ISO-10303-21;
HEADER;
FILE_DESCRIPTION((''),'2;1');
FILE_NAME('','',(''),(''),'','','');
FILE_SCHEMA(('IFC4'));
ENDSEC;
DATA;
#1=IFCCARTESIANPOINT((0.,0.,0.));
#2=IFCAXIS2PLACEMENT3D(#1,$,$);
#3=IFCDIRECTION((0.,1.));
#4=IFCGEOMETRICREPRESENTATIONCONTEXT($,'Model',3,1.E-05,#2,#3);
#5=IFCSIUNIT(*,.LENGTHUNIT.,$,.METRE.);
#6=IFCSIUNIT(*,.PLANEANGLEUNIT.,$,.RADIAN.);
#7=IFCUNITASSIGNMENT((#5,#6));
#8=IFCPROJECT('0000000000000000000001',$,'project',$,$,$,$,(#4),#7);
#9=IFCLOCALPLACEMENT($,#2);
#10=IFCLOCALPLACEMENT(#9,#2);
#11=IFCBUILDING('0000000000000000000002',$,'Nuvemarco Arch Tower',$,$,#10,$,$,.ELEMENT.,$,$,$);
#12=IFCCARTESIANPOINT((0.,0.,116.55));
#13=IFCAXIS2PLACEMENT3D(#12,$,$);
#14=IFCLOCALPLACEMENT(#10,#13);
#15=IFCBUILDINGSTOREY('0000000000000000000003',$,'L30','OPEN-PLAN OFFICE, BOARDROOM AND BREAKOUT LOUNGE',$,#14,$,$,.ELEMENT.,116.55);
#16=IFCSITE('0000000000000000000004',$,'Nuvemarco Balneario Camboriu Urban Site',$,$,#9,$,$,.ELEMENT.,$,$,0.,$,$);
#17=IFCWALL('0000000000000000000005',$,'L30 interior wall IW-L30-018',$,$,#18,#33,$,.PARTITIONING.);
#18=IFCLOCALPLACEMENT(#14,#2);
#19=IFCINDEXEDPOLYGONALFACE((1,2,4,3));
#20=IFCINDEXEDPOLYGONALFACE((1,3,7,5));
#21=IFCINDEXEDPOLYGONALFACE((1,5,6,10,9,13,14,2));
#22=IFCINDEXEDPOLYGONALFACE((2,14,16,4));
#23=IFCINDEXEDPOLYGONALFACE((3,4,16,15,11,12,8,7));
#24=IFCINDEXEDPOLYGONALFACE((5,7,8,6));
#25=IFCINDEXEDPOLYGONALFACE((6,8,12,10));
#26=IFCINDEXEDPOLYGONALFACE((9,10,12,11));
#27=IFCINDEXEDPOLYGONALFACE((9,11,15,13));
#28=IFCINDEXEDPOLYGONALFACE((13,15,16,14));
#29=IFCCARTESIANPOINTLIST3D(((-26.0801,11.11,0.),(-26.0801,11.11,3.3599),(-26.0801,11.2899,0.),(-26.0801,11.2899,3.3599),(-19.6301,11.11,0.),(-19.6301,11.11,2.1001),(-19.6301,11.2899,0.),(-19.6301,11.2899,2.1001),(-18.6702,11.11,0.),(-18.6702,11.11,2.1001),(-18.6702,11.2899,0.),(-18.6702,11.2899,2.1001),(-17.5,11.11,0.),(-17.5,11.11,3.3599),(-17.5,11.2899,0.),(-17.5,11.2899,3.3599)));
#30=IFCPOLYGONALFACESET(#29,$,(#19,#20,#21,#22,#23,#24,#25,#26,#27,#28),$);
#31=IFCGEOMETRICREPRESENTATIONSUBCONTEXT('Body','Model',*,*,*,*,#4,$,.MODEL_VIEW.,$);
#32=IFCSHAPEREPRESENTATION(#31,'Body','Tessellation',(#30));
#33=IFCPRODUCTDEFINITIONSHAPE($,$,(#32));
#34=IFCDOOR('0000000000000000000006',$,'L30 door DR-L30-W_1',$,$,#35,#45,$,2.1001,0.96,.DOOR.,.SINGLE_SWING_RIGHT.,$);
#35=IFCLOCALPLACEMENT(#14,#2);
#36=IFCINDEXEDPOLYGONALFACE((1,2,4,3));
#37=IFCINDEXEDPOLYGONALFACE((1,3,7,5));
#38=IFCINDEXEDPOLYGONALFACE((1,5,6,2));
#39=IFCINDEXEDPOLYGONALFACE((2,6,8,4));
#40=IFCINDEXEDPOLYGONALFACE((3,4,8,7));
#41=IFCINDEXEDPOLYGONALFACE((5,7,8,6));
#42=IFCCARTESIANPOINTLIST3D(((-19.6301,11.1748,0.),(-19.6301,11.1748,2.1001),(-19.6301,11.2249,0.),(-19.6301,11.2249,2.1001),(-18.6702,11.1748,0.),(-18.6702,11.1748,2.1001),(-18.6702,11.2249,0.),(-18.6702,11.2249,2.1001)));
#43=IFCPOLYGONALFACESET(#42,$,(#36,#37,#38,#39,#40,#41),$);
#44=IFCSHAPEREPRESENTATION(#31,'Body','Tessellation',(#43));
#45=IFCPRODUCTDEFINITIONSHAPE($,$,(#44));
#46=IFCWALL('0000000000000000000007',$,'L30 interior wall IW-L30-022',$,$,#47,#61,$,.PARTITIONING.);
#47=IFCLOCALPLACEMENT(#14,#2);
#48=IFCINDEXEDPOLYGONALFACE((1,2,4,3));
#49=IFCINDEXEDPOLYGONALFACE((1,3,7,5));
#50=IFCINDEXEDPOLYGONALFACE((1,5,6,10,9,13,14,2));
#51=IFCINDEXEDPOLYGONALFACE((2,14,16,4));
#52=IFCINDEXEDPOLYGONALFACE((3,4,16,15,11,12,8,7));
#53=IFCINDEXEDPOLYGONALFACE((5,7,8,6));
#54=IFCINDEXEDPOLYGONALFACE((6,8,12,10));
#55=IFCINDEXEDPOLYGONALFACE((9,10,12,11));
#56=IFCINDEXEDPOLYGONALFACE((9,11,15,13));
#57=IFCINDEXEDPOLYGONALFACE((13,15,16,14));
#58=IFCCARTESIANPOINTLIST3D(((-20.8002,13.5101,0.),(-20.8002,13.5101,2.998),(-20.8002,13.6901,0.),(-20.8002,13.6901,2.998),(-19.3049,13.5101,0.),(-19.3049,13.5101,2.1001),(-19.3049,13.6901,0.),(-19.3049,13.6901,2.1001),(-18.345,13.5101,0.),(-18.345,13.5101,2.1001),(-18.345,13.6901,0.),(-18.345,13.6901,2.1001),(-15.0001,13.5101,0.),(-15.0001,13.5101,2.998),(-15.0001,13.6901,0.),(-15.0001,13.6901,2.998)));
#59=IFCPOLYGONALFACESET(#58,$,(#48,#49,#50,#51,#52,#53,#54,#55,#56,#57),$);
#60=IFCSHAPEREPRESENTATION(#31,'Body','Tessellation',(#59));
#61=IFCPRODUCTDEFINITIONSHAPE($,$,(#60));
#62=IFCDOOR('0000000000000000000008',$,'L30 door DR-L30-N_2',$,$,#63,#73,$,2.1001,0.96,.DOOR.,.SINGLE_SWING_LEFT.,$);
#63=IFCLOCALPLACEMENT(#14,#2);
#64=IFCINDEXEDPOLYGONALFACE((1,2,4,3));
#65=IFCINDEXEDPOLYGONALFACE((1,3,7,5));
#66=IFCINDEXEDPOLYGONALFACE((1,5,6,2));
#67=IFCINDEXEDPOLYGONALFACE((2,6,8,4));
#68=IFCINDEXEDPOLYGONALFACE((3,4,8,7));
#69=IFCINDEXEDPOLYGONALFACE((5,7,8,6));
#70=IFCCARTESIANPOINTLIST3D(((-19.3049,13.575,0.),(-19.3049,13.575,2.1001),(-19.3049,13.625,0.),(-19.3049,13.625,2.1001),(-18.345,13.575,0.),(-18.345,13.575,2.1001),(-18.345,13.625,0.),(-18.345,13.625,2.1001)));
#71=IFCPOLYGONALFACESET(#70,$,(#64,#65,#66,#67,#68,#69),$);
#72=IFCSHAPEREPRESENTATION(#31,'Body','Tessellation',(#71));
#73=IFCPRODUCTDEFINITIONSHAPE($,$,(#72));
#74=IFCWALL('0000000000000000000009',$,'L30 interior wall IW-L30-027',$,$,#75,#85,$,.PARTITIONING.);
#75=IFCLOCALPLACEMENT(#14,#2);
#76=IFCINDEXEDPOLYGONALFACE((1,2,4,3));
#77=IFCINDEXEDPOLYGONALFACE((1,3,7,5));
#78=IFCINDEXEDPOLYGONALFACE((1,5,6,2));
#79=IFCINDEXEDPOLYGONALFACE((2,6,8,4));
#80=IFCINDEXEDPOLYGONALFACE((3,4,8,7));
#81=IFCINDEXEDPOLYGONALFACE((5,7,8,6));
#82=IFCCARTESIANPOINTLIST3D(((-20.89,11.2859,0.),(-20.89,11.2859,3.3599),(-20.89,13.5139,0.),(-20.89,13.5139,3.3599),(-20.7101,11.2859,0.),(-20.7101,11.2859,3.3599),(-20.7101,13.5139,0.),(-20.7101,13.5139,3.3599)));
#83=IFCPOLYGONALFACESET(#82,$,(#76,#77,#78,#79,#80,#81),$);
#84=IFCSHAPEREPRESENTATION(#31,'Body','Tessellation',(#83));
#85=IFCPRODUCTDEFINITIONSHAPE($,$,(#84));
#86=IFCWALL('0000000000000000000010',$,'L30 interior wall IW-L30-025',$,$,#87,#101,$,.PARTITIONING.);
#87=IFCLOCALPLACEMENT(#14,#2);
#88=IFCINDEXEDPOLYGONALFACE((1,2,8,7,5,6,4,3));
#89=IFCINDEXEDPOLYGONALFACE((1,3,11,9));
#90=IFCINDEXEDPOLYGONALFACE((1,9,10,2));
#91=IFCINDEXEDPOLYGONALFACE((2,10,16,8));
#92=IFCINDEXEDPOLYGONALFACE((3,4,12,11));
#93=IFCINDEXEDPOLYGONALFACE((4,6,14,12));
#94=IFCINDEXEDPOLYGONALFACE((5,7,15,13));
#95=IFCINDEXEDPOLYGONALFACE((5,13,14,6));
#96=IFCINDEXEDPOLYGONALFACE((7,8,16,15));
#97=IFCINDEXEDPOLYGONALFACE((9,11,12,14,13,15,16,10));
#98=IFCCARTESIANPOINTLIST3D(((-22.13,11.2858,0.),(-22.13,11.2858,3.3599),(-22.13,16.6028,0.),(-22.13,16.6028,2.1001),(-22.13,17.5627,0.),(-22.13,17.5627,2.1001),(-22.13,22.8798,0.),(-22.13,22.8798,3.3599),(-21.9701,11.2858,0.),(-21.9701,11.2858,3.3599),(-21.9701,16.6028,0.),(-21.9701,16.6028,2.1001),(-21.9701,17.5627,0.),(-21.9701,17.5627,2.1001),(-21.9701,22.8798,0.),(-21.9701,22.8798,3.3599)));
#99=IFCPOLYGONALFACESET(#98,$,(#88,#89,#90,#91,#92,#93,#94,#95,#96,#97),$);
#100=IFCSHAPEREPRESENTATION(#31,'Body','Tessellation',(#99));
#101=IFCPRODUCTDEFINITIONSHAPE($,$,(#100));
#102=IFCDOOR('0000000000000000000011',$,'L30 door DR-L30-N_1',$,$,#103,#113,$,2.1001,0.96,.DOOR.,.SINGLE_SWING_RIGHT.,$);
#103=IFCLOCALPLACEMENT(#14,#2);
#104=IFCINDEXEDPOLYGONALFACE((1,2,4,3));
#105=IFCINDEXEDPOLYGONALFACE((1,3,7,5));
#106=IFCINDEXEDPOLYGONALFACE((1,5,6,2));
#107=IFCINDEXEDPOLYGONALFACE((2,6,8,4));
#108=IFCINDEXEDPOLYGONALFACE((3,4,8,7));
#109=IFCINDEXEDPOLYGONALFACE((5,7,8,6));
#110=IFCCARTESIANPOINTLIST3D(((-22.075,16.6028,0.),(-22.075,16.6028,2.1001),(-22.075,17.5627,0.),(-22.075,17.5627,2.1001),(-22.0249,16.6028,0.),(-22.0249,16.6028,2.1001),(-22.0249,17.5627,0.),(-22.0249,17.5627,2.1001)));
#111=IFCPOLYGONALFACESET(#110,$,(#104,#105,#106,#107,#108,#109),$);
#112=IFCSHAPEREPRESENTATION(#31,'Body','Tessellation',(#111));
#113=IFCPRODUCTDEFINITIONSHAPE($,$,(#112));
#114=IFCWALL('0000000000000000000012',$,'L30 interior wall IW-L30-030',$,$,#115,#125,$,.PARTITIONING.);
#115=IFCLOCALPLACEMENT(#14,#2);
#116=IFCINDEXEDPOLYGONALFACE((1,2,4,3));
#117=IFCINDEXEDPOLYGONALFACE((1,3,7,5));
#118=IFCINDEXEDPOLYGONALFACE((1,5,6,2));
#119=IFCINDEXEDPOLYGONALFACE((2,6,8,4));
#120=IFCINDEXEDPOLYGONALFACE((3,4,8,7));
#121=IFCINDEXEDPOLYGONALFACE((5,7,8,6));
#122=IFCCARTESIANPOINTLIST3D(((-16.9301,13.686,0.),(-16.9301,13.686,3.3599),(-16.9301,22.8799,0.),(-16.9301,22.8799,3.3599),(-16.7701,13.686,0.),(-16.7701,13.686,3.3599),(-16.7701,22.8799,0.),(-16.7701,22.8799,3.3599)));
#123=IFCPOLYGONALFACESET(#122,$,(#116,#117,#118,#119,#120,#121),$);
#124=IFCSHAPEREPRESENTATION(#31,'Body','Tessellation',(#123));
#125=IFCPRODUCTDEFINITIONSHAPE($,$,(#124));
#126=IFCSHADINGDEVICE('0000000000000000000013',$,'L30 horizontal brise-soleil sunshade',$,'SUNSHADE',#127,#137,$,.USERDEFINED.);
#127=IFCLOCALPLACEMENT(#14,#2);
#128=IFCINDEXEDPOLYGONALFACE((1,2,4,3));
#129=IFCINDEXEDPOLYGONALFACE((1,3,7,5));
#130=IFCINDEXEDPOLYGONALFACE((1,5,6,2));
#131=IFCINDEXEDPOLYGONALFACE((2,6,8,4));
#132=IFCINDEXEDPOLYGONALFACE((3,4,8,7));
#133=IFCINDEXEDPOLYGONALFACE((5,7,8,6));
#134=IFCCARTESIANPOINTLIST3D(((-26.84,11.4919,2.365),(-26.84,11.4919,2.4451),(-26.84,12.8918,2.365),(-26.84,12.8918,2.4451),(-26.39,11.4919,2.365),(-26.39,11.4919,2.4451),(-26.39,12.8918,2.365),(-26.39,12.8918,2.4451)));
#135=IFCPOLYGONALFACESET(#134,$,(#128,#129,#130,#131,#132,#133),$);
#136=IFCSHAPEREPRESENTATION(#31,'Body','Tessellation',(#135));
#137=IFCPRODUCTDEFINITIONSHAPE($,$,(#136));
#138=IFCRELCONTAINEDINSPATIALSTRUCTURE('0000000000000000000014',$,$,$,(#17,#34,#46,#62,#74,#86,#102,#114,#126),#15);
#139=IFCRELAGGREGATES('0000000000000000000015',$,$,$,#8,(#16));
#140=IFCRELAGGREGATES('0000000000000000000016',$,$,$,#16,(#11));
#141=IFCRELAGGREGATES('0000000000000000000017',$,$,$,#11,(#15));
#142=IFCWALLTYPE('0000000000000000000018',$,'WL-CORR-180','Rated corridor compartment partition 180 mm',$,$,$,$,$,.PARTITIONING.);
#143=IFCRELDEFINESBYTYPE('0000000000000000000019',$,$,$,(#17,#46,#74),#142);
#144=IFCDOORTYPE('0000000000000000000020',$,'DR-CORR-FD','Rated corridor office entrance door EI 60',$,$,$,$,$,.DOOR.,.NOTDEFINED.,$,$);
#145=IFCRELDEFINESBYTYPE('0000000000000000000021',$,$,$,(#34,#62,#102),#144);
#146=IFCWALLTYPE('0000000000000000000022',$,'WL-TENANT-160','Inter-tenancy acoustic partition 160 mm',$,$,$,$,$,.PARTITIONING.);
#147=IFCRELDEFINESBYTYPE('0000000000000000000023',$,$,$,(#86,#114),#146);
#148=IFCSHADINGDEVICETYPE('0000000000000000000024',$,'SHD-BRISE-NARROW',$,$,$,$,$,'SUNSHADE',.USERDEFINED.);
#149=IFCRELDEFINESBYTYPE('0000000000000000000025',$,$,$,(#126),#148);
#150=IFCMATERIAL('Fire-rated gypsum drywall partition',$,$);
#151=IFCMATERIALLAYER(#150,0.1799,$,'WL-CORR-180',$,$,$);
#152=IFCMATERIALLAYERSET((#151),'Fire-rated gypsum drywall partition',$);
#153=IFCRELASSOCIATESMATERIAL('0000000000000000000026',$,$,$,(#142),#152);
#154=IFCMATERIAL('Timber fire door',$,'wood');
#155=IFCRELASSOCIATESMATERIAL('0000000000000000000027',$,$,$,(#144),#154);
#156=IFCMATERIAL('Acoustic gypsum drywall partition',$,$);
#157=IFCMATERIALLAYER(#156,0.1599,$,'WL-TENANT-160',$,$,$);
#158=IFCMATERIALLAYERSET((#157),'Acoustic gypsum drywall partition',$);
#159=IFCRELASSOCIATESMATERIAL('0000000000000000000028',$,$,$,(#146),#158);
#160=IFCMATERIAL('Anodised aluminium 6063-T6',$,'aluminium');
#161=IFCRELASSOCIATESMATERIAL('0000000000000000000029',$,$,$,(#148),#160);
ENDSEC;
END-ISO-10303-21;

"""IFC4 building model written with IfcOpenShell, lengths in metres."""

from ifc_helpers import new_model, si_unit, direction, frame, frame_2d, origin, origin_2d, place, context, subcontext, project, spatial, rectangle, extrude, source, transform, mapped, material, layer, layer_set, type_object, type_shapes, element, fill, save


model = new_model("IFC4")

# Units and contexts
model_context = context("Model", 3, precision=1e-05, world=origin(), true_north=direction((0.0, 1.0)))
body_context = subcontext(model_context, "Body", "Model", "MODEL_VIEW")
ifc_project = project(units=[si_unit("LENGTHUNIT", "METRE"), si_unit("PLANEANGLEUNIT", "RADIAN")], contexts=[model_context])

# Site, building, storey
site_placement = place(None, origin())
site = spatial("IfcSite", under=ifc_project, at=site_placement, Name="Nuvemarco Balneario Camboriu Urban Site", CompositionType="ELEMENT", RefElevation=0.0)
building_placement = place(site_placement, origin())
building = spatial("IfcBuilding", under=site, at=building_placement, Name="Nuvemarco Arch Tower", CompositionType="ELEMENT")
storey_placement = place(building_placement, frame((0.0, 0.0, 116.55)))
storey = spatial("IfcBuildingStorey", under=building, at=storey_placement, Name="L30", Description="OPEN-PLAN OFFICE, BOARDROOM AND BREAKOUT LOUNGE", CompositionType="ELEMENT", Elevation=116.55)

# Walls, openings, doors
ifc_material_1 = material(Name="Fire-rated gypsum drywall partition")
ifc_layer_1 = layer(ifc_material_1, 0.1799, Name="WL-CORR-180")
ifc_layer_set_1 = layer_set([ifc_layer_1], Name="Fire-rated gypsum drywall partition")
wall_type_1 = type_object("IfcWallType", Name="WL-CORR-180", Description="Rated corridor compartment partition 180 mm", PredefinedType="PARTITIONING", material=ifc_layer_set_1)
wall_1_placement = place(storey_placement, frame((-26.0801, 11.2, 0.0), z_axis=(0.0, 0.0, 1.0), x_axis=(1.0, 0.0, 0.0)))
wall_1 = element("IfcWall", 1, at=wall_1_placement, inside=storey, type_object=wall_type_1, Name="L30 interior wall IW-L30-018", PredefinedType="PARTITIONING", context=body_context, shape_type="SweptSolid", body=[
    extrude(rectangle(XDim=8.5801, YDim=0.1799, at=frame_2d((4.29, 0.0))), origin(), (0.0, 0.0, 1.0), 3.3599),
])
opening_1_placement = place(wall_1_placement, frame((6.45, 0.0, 0.0)))
opening_1 = element("IfcOpeningElement", 2, at=opening_1_placement, cuts=wall_1, PredefinedType="OPENING", context=body_context, shape_type="SweptSolid", body=[
    extrude(rectangle(XDim=0.96, YDim=2.1001, at=frame_2d((0.48, 1.05))), frame((0.0, 0.0999, 0.0), z_axis=(0.0, -1.0, 0.0), x_axis=(1.0, 0.0, 0.0)), (0.0, 0.0, 1.0), 0.2),
])
ifc_material_2 = material(Name="Timber fire door", Category="wood")
door_type = type_object("IfcDoorType", Name="DR-CORR-FD", Description="Rated corridor office entrance door EI 60", OperationType="NOTDEFINED", PredefinedType="DOOR", material=ifc_material_2)
shared_shape_1 = source(origin(), body_context, "Body", "SweptSolid", [
    extrude(rectangle(XDim=0.96, YDim=2.1001, at=frame_2d((0.48, 1.05))), frame((0.0, 0.0249, 0.0), z_axis=(0.0, -1.0, 0.0), x_axis=(1.0, 0.0, 0.0)), (0.0, 0.0, 1.0), 0.05),
])
type_shapes(door_type, [shared_shape_1])
door_1_placement = place(opening_1_placement, origin())
door_1 = element("IfcDoor", 3, at=door_1_placement, inside=storey, type_object=door_type, Name="L30 door DR-L30-W_1", OperationType="SINGLE_SWING_RIGHT", OverallHeight=2.1001, OverallWidth=0.96, PredefinedType="DOOR", context=body_context, shape_type="MappedRepresentation", body=[
    mapped(shared_shape_1, transform((0.0, 0.0, 0.0), scale=1.0)),
])
fill(opening_1, door_1)
wall_2_placement = place(storey_placement, frame((-20.8, 13.6001, 0.0), z_axis=(0.0, 0.0, 1.0), x_axis=(1.0, 0.0, 0.0)))
wall_2 = element("IfcWall", 4, at=wall_2_placement, inside=storey, type_object=wall_type_1, Name="L30 interior wall IW-L30-022", PredefinedType="PARTITIONING", context=body_context, shape_type="SweptSolid", body=[
    extrude(rectangle(XDim=5.8, YDim=0.1799, at=frame_2d((2.8999, 0.0))), origin(), (0.0, 0.0, 1.0), 2.998),
])
opening_2_placement = place(wall_2_placement, frame((1.4951, 0.0, 0.0)))
opening_2 = element("IfcOpeningElement", 5, at=opening_2_placement, cuts=wall_2, PredefinedType="OPENING", context=body_context, shape_type="SweptSolid", body=[
    extrude(rectangle(XDim=0.96, YDim=2.1001, at=frame_2d((0.48, 1.05))), frame((0.0, 0.0999, 0.0), z_axis=(0.0, -1.0, 0.0), x_axis=(1.0, 0.0, 0.0)), (0.0, 0.0, 1.0), 0.2),
])
door_2_placement = place(opening_2_placement, origin())
door_2 = element("IfcDoor", 6, at=door_2_placement, inside=storey, type_object=door_type, Name="L30 door DR-L30-N_2", OperationType="SINGLE_SWING_LEFT", OverallHeight=2.1001, OverallWidth=0.96, PredefinedType="DOOR", context=body_context, shape_type="MappedRepresentation", body=[
    mapped(shared_shape_1, transform((0.0, 0.0, 0.0), scale=1.0)),
])
fill(opening_2, door_2)

# Wall
wall_3_placement = place(storey_placement, frame((-20.8, 11.2859, 0.0), z_axis=(0.0, 0.0, 1.0), x_axis=(0.0, 1.0, 0.0)))
element("IfcWall", 7, at=wall_3_placement, inside=storey, type_object=wall_type_1, Name="L30 interior wall IW-L30-027", PredefinedType="PARTITIONING", context=body_context, shape_type="SweptSolid", body=[
    extrude(rectangle(XDim=2.228, YDim=0.1799, at=frame_2d((1.114, 0.0))), origin(), (0.0, 0.0, 1.0), 3.3599),
])

# Wall, opening, door
ifc_material_3 = material(Name="Acoustic gypsum drywall partition")
ifc_layer_2 = layer(ifc_material_3, 0.1599, Name="WL-TENANT-160")
ifc_layer_set_2 = layer_set([ifc_layer_2], Name="Acoustic gypsum drywall partition")
wall_type_2 = type_object("IfcWallType", Name="WL-TENANT-160", Description="Inter-tenancy acoustic partition 160 mm", PredefinedType="PARTITIONING", material=ifc_layer_set_2)
wall_4_placement = place(storey_placement, frame((-22.05, 11.2859, 0.0), z_axis=(0.0, 0.0, 1.0), x_axis=(0.0, 1.0, 0.0)))
wall_4 = element("IfcWall", 8, at=wall_4_placement, inside=storey, type_object=wall_type_2, Name="L30 interior wall IW-L30-025", PredefinedType="PARTITIONING", context=body_context, shape_type="SweptSolid", body=[
    extrude(rectangle(XDim=11.594, YDim=0.1599, at=frame_2d((5.7969, 0.0))), origin(), (0.0, 0.0, 1.0), 3.3599),
])
opening_3_placement = place(wall_4_placement, frame((5.3169, 0.0, 0.0)))
opening_3 = element("IfcOpeningElement", 9, at=opening_3_placement, cuts=wall_4, PredefinedType="OPENING", context=body_context, shape_type="SweptSolid", body=[
    extrude(rectangle(XDim=0.96, YDim=2.1001, at=frame_2d((0.48, 1.05))), frame((0.0, 0.0898, 0.0), z_axis=(0.0, -1.0, 0.0), x_axis=(1.0, 0.0, 0.0)), (0.0, 0.0, 1.0), 0.1799),
])
door_3_placement = place(opening_3_placement, origin())
door_3 = element("IfcDoor", 10, at=door_3_placement, inside=storey, type_object=door_type, Name="L30 door DR-L30-N_1", OperationType="SINGLE_SWING_RIGHT", OverallHeight=2.1001, OverallWidth=0.96, PredefinedType="DOOR", context=body_context, shape_type="MappedRepresentation", body=[
    mapped(shared_shape_1, transform((0.0, 0.0, 0.0), scale=1.0)),
])
fill(opening_3, door_3)

# Wall
wall_5_placement = place(storey_placement, frame((-16.8501, 13.686, 0.0), z_axis=(0.0, 0.0, 1.0), x_axis=(0.0, 1.0, 0.0)))
element("IfcWall", 11, at=wall_5_placement, inside=storey, type_object=wall_type_2, Name="L30 interior wall IW-L30-030", PredefinedType="PARTITIONING", context=body_context, shape_type="SweptSolid", body=[
    extrude(rectangle(XDim=9.1938, YDim=0.1599, at=frame_2d((4.5969, 0.0))), origin(), (0.0, 0.0, 1.0), 3.3599),
])

# Shading device
ifc_material_4 = material(Name="Anodised aluminium 6063-T6", Category="aluminium")
shading_device_type = type_object("IfcShadingDeviceType", Name="SHD-BRISE-NARROW", ElementType="SUNSHADE", PredefinedType="USERDEFINED", material=ifc_material_4)
shared_shape_2 = source(origin(), body_context, "Body", "SweptSolid", [
    extrude(rectangle(XDim=1.3999, YDim=0.45, at=origin_2d()), origin(), (0.0, 0.0, 1.0), 0.0801),
])
type_shapes(shading_device_type, [shared_shape_2])
shading_device_placement = place(storey_placement, frame((-26.615, 12.1919, 2.365), z_axis=(0.0, 0.0, 1.0), x_axis=(0.0, 1.0, 0.0)))
element("IfcShadingDevice", 12, at=shading_device_placement, inside=storey, type_object=shading_device_type, Name="L30 horizontal brise-soleil sunshade", ObjectType="SUNSHADE", PredefinedType="USERDEFINED", context=body_context, shape_type="MappedRepresentation", body=[
    mapped(shared_shape_2, transform((0.0, 0.0, 0.0), scale=1.0)),
])

save(model, "model.ifc")
